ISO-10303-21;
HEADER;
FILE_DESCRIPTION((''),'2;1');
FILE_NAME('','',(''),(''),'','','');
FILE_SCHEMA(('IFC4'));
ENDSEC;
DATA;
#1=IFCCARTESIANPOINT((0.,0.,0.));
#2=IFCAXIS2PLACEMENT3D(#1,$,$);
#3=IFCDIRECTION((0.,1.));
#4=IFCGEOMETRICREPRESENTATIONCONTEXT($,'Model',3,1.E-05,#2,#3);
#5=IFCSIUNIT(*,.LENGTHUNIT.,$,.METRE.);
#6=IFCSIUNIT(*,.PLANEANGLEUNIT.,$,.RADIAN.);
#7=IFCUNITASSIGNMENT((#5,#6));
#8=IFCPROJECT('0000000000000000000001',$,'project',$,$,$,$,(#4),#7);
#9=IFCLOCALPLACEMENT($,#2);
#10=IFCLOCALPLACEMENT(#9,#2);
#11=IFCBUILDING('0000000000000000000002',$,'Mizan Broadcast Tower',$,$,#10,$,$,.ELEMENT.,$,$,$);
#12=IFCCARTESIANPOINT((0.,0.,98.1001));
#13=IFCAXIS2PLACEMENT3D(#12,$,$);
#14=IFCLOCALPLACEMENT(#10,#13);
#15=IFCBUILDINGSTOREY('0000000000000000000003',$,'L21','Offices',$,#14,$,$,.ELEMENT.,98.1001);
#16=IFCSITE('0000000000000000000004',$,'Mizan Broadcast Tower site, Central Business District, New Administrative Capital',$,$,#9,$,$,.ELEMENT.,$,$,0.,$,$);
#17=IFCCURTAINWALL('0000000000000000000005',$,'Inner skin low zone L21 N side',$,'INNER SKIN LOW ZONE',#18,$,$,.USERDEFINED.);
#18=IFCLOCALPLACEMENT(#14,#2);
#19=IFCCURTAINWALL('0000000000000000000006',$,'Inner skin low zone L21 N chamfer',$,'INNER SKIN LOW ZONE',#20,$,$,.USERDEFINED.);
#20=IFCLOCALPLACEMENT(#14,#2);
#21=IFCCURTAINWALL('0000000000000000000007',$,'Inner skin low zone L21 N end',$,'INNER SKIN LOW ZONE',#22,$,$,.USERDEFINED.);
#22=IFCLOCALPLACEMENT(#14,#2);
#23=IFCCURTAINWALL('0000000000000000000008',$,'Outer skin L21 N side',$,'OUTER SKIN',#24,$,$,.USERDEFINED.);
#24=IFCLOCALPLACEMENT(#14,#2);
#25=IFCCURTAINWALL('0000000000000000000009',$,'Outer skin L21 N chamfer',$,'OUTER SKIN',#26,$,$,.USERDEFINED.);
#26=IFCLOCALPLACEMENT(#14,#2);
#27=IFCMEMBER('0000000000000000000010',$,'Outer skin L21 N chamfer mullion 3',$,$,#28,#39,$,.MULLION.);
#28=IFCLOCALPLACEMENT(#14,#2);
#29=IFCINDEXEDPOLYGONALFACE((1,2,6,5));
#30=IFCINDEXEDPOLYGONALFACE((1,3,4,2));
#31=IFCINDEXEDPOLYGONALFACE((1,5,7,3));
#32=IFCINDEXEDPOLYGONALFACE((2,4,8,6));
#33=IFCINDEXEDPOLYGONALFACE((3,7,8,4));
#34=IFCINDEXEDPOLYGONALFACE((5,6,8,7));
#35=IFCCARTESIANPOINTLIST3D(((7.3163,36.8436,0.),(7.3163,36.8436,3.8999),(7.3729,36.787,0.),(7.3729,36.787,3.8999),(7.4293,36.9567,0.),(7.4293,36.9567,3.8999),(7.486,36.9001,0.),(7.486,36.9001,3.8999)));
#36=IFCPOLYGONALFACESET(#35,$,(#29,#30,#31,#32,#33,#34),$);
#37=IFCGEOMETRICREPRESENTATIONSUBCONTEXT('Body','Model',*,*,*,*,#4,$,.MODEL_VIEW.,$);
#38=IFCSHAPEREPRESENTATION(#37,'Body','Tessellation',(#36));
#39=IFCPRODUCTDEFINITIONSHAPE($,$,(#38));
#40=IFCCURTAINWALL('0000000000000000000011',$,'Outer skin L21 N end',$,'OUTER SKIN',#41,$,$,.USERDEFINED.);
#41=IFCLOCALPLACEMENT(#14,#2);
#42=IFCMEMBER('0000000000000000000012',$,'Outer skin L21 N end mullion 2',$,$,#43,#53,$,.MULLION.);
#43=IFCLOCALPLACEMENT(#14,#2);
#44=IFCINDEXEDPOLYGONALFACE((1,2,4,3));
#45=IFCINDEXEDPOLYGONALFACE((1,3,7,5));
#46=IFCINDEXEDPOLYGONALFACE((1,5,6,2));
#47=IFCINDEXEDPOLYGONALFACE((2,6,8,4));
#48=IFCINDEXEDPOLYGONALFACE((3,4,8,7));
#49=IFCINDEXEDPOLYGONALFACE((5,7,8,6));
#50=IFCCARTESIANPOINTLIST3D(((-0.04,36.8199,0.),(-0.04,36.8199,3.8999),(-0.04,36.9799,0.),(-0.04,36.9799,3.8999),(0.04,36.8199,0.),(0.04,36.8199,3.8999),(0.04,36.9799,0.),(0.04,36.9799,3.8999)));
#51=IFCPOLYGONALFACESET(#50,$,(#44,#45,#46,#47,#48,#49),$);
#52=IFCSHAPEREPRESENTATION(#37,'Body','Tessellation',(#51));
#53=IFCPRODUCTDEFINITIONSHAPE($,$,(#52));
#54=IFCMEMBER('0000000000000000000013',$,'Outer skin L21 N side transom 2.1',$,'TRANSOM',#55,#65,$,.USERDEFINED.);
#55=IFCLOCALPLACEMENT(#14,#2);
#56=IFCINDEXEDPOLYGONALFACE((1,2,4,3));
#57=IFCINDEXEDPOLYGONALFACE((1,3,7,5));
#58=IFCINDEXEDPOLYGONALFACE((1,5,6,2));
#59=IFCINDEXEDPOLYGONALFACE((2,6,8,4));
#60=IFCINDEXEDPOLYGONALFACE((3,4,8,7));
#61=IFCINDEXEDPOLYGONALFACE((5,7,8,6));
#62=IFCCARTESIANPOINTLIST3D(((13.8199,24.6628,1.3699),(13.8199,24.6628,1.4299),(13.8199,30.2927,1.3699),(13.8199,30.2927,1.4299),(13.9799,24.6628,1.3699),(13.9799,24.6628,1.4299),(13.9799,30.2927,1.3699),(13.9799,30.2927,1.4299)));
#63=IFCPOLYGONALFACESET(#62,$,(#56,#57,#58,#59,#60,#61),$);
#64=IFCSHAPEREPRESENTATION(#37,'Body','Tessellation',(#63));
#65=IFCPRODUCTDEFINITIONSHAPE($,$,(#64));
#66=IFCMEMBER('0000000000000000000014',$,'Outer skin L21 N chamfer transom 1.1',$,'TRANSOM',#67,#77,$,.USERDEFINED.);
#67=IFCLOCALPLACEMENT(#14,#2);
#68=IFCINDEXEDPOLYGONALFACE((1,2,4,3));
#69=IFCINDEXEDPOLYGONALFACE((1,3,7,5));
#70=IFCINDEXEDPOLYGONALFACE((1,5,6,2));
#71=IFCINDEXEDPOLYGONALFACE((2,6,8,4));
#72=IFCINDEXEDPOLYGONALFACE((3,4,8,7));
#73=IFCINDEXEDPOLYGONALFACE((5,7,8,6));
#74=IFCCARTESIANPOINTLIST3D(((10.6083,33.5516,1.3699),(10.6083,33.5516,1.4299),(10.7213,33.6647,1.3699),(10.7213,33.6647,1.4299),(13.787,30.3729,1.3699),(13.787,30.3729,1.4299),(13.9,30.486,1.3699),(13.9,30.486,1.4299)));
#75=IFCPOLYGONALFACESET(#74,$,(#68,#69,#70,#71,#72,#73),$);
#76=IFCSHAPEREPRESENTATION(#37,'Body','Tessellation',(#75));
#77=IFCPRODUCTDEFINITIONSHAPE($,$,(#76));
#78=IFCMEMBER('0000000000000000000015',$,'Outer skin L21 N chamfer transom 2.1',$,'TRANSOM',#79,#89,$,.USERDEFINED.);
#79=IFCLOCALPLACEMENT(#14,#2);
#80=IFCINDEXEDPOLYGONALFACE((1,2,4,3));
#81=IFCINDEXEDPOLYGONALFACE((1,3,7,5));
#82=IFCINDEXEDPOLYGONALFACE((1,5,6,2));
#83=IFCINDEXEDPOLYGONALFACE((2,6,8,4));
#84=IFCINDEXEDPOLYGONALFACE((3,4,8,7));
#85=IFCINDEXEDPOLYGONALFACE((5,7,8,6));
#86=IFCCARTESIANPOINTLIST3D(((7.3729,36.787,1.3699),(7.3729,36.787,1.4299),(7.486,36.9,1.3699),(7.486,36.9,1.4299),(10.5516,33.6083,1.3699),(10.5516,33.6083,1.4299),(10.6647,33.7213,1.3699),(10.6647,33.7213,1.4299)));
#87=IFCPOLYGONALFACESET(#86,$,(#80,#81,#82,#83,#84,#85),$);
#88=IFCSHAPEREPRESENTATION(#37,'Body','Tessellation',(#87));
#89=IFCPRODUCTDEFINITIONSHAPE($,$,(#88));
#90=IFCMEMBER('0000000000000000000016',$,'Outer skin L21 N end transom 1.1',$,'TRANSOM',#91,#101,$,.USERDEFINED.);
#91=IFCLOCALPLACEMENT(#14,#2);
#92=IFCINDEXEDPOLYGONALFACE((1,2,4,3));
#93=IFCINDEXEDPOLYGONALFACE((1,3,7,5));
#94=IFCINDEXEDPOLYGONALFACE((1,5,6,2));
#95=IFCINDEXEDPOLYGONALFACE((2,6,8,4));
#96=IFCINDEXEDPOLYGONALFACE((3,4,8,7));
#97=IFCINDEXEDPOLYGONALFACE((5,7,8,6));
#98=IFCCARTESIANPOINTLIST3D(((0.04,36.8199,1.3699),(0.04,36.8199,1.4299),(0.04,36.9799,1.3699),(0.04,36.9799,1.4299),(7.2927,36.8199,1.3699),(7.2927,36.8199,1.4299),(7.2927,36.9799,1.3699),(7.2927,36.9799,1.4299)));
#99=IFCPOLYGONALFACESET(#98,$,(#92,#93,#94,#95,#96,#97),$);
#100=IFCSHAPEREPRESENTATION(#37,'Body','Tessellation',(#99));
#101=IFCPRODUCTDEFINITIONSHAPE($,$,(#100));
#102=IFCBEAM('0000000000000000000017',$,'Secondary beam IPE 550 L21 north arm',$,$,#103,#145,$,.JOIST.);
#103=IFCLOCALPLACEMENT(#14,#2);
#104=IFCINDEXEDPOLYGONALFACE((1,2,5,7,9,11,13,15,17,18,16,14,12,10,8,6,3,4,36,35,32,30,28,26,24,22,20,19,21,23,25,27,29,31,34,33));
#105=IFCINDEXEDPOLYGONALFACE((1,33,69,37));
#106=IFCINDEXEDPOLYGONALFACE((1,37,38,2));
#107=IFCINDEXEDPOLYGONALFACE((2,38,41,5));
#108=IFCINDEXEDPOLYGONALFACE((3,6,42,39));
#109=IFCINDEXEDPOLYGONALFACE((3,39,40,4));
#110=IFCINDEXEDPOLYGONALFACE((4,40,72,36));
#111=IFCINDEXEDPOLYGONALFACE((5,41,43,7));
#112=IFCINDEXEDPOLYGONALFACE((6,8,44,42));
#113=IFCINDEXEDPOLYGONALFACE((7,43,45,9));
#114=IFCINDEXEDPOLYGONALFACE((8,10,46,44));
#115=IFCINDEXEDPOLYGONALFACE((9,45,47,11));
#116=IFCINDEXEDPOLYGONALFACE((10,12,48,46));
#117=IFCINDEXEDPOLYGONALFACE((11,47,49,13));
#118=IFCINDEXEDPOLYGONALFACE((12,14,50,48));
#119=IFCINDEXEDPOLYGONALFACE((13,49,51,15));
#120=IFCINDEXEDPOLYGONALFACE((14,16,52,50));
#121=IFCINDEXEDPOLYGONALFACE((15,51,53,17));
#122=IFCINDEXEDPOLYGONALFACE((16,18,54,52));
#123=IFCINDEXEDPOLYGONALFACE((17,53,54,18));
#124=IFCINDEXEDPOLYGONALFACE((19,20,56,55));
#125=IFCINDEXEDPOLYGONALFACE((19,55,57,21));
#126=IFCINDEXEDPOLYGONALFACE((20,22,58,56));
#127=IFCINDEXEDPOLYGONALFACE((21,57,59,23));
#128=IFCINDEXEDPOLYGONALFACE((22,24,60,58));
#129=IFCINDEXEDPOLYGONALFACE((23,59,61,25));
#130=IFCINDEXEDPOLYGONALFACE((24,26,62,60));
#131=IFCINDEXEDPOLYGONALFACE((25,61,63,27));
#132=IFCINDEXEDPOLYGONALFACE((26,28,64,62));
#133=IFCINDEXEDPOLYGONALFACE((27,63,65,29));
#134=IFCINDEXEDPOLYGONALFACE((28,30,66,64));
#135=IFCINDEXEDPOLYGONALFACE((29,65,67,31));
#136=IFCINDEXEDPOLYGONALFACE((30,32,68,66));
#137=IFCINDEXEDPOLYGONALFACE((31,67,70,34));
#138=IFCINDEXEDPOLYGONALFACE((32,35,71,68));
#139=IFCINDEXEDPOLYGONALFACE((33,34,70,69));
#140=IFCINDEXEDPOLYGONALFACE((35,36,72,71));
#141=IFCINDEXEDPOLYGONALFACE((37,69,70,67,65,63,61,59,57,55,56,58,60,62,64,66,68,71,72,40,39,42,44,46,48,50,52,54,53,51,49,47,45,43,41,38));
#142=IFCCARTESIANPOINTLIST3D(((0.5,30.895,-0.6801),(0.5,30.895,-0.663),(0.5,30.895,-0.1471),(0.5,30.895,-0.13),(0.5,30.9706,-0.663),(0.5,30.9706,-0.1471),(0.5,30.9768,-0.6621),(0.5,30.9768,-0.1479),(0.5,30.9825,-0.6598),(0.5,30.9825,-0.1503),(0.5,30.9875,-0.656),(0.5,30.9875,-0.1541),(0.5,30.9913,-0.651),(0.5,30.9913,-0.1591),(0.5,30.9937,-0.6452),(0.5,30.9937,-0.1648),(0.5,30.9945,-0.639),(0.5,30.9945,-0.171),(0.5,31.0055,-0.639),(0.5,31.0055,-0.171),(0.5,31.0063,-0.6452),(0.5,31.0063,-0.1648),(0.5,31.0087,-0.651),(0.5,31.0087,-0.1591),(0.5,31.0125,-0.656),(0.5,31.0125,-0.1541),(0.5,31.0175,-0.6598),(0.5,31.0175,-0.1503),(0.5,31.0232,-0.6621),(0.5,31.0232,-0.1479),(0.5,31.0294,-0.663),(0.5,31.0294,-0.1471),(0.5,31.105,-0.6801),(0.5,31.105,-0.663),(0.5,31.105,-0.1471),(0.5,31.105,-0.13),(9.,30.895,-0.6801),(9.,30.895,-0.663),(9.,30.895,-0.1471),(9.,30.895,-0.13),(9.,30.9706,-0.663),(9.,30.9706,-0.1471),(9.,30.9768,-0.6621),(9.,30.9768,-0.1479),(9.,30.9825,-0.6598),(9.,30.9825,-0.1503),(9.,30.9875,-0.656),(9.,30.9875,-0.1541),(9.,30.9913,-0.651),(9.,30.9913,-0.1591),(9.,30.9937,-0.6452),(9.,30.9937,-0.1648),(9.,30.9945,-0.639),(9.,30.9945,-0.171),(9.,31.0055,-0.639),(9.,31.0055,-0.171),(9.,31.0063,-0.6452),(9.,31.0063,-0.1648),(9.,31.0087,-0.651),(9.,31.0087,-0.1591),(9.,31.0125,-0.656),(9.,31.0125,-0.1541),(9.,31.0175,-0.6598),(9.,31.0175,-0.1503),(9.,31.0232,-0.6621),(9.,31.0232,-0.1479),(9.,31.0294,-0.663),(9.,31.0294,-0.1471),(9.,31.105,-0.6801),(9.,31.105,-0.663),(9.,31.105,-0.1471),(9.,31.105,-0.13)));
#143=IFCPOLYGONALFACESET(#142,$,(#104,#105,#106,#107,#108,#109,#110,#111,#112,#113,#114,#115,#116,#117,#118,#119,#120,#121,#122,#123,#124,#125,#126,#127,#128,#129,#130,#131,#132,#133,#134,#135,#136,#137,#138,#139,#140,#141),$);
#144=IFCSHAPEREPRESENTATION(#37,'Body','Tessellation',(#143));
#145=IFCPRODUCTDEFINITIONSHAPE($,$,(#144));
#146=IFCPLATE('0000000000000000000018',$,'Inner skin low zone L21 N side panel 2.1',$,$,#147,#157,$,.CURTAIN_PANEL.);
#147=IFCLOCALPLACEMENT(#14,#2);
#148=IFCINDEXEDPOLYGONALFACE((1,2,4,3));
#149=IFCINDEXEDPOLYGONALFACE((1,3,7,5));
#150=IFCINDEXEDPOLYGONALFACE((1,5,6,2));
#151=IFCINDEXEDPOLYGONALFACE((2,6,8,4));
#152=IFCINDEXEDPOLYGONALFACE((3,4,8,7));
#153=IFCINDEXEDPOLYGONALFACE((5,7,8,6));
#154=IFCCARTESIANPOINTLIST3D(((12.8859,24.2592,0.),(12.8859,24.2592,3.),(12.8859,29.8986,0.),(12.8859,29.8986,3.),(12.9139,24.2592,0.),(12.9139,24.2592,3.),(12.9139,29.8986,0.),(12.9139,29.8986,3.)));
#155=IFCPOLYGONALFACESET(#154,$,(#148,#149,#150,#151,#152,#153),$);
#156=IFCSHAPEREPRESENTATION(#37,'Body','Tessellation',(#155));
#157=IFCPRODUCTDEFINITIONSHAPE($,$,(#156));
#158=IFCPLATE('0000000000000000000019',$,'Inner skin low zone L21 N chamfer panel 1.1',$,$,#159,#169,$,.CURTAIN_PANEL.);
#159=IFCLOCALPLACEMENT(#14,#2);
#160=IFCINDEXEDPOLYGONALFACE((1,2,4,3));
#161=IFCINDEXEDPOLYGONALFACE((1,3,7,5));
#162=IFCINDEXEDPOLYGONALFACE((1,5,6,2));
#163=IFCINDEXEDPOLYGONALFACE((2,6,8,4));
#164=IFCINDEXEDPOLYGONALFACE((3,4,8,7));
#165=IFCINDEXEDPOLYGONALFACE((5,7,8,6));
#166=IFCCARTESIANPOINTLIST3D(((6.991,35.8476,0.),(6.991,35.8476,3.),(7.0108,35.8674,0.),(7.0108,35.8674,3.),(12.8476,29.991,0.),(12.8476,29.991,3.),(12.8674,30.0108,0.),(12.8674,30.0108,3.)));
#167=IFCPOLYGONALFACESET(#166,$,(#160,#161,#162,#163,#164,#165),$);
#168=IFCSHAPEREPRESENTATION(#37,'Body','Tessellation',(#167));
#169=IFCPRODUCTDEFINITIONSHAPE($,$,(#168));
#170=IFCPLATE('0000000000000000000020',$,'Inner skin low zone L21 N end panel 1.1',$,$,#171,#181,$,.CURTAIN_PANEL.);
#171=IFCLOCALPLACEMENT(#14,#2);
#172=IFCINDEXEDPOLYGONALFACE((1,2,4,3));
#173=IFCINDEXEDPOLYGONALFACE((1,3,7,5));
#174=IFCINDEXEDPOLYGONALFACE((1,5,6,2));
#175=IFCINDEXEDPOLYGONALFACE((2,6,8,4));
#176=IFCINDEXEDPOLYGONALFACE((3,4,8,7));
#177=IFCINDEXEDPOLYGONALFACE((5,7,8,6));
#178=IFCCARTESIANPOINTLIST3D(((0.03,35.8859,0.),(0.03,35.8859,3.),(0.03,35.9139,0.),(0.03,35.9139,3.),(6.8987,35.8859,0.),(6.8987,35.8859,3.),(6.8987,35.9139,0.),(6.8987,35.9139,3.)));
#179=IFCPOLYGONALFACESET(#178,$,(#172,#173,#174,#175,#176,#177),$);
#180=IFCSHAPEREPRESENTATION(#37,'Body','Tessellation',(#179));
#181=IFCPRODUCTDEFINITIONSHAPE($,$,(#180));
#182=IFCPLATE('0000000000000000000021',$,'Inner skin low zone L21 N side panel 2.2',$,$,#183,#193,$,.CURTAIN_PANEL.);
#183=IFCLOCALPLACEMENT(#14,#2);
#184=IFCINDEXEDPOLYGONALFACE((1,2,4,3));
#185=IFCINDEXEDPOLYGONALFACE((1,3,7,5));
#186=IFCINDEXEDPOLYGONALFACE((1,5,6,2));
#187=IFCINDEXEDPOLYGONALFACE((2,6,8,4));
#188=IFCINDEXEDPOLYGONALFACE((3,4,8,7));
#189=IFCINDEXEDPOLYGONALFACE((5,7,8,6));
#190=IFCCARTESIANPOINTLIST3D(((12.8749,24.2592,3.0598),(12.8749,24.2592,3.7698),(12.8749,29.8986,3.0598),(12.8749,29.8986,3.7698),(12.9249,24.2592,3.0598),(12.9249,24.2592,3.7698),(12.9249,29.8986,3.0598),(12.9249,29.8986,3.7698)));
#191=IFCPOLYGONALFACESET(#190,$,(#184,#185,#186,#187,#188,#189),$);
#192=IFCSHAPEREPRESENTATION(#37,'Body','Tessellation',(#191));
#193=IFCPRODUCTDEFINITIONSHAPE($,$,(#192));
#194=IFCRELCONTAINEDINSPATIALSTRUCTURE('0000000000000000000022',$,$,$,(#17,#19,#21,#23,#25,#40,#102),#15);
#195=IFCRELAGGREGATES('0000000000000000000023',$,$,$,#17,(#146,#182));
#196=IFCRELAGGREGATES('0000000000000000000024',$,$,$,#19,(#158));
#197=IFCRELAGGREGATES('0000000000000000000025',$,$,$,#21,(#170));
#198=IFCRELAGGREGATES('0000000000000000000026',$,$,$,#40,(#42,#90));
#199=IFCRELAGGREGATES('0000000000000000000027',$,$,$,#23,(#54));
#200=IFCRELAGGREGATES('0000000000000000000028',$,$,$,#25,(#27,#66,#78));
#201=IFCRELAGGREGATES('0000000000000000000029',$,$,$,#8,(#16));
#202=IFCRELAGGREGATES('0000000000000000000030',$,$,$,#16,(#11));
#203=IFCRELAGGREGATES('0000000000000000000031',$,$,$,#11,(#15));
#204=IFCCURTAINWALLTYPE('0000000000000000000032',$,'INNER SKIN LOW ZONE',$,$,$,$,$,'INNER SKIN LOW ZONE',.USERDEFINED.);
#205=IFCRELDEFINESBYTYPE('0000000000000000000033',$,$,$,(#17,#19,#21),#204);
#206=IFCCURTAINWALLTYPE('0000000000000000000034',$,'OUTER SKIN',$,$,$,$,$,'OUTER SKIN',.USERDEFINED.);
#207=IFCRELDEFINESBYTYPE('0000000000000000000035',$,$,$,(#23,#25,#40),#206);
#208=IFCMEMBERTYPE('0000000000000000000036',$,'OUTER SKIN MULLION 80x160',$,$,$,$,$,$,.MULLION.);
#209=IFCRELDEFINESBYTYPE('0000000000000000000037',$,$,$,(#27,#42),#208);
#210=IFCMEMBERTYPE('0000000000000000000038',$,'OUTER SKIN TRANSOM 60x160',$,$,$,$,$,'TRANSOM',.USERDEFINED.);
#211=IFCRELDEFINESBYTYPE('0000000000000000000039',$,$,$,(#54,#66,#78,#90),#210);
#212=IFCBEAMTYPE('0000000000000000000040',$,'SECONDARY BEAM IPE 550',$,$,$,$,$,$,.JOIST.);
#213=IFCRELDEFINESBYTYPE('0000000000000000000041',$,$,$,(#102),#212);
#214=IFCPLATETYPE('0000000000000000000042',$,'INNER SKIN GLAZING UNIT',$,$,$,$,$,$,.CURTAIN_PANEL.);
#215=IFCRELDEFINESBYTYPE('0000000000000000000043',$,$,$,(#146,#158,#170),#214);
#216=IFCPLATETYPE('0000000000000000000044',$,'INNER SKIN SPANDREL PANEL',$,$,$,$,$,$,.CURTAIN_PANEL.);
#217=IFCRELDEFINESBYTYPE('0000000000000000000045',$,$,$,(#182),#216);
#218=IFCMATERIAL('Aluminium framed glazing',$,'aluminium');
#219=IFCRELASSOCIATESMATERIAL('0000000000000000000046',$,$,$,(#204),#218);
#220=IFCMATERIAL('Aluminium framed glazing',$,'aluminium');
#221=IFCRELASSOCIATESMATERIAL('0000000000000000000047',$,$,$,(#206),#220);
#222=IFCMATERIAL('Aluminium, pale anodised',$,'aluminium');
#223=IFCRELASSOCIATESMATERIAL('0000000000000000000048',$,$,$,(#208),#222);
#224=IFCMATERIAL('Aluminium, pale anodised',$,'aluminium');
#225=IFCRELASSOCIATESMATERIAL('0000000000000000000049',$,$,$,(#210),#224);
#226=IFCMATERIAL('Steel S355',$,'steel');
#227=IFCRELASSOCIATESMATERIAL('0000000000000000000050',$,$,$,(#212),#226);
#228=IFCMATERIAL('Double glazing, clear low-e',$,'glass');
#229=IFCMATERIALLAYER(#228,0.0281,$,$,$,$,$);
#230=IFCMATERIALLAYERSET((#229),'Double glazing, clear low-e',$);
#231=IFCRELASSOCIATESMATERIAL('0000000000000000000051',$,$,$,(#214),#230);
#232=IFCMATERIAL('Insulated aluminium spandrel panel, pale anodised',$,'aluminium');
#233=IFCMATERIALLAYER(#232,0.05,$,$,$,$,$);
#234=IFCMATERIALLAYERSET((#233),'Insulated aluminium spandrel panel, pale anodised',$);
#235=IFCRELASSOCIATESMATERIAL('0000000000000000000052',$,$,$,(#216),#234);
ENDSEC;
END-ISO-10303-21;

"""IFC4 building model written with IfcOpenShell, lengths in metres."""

from ifc_helpers import new_model, si_unit, direction, frame, origin, origin_2d, place, context, subcontext, project, spatial, rectangle, i_section, extrude, material, layer, layer_set, material_profile, profile_set, type_object, element, aggregate, save


model = new_model("IFC4")

# Units and contexts
model_context = context("Model", 3, precision=1e-05, world=origin(), true_north=direction((0.0, 1.0)))
body_context = subcontext(model_context, "Body", "Model", "MODEL_VIEW")
ifc_project = project(units=[si_unit("LENGTHUNIT", "METRE"), si_unit("PLANEANGLEUNIT", "RADIAN")], contexts=[model_context])

# Site, building, storey
site_placement = place(None, origin())
site = spatial("IfcSite", under=ifc_project, at=site_placement, Name="Mizan Broadcast Tower site, Central Business District, New Administrative Capital", CompositionType="ELEMENT", RefElevation=0.0)
building_placement = place(site_placement, origin())
building = spatial("IfcBuilding", under=site, at=building_placement, Name="Mizan Broadcast Tower", CompositionType="ELEMENT")
storey_placement = place(building_placement, frame((0.0, 0.0, 98.1001)))
storey = spatial("IfcBuildingStorey", under=building, at=storey_placement, Name="L21", Description="Offices", CompositionType="ELEMENT", Elevation=98.1001)

# Curtain walls
ifc_material_1 = material(Name="Aluminium framed glazing", Category="aluminium")
curtain_wall_type_1 = type_object("IfcCurtainWallType", Name="INNER SKIN LOW ZONE", ElementType="INNER SKIN LOW ZONE", PredefinedType="USERDEFINED", material=ifc_material_1)
curtain_wall_1_placement = place(storey_placement, origin())
curtain_wall_1 = element("IfcCurtainWall", 1, at=curtain_wall_1_placement, inside=storey, type_object=curtain_wall_type_1, Name="Inner skin low zone L21 N side", ObjectType="INNER SKIN LOW ZONE", PredefinedType="USERDEFINED")
curtain_wall_2_placement = place(storey_placement, origin())
curtain_wall_2 = element("IfcCurtainWall", 2, at=curtain_wall_2_placement, inside=storey, type_object=curtain_wall_type_1, Name="Inner skin low zone L21 N chamfer", ObjectType="INNER SKIN LOW ZONE", PredefinedType="USERDEFINED")
curtain_wall_3_placement = place(storey_placement, origin())
curtain_wall_3 = element("IfcCurtainWall", 3, at=curtain_wall_3_placement, inside=storey, type_object=curtain_wall_type_1, Name="Inner skin low zone L21 N end", ObjectType="INNER SKIN LOW ZONE", PredefinedType="USERDEFINED")

# Curtain wall
ifc_material_2 = material(Name="Aluminium framed glazing", Category="aluminium")
curtain_wall_type_2 = type_object("IfcCurtainWallType", Name="OUTER SKIN", ElementType="OUTER SKIN", PredefinedType="USERDEFINED", material=ifc_material_2)
curtain_wall_4_placement = place(storey_placement, origin())
curtain_wall_4 = element("IfcCurtainWall", 4, at=curtain_wall_4_placement, inside=storey, type_object=curtain_wall_type_2, Name="Outer skin L21 N side", ObjectType="OUTER SKIN", PredefinedType="USERDEFINED")
ifc_material_3 = material(Name="Aluminium, pale anodised", Category="aluminium")
ifc_material_profile_1 = material_profile(ifc_material_3, rectangle(XDim=0.1599, YDim=0.0801, at=origin_2d()), Name="MULLION 160x80")
ifc_profile_set_1 = profile_set([ifc_material_profile_1], Name="Aluminium, pale anodised")
member_type_1 = type_object("IfcMemberType", Name="OUTER SKIN MULLION 80x160", PredefinedType="MULLION", material=ifc_profile_set_1)

# Curtain wall, member
curtain_wall_5_placement = place(storey_placement, origin())
curtain_wall_5 = element("IfcCurtainWall", 5, at=curtain_wall_5_placement, inside=storey, type_object=curtain_wall_type_2, Name="Outer skin L21 N chamfer", ObjectType="OUTER SKIN", PredefinedType="USERDEFINED")
member_1_placement = place(storey_placement, frame((7.4011, 36.8718, 0.0), z_axis=(0.0, 0.0, 1.0), x_axis=(-0.707107, -0.707107, 0.0)))
member_1 = element("IfcMember", 6, at=member_1_placement, type_object=member_type_1, Name="Outer skin L21 N chamfer mullion 3", PredefinedType="MULLION", context=body_context, shape_type="SweptSolid", body=[
    extrude(rectangle(XDim=0.1599, YDim=0.0801, at=origin_2d()), origin(), (0.0, 0.0, 1.0), 3.8999),
])

# Curtain wall, member
curtain_wall_6_placement = place(storey_placement, origin())
curtain_wall_6 = element("IfcCurtainWall", 7, at=curtain_wall_6_placement, inside=storey, type_object=curtain_wall_type_2, Name="Outer skin L21 N end", ObjectType="OUTER SKIN", PredefinedType="USERDEFINED")
member_2_placement = place(storey_placement, frame((0.0, 36.8999, 0.0), z_axis=(0.0, 0.0, 1.0), x_axis=(0.0, -1.0, 0.0)))
member_2 = element("IfcMember", 8, at=member_2_placement, type_object=member_type_1, Name="Outer skin L21 N end mullion 2", PredefinedType="MULLION", context=body_context, shape_type="SweptSolid", body=[
    extrude(rectangle(XDim=0.1599, YDim=0.0801, at=origin_2d()), origin(), (0.0, 0.0, 1.0), 3.8999),
])

# Members
ifc_material_4 = material(Name="Aluminium, pale anodised", Category="aluminium")
ifc_material_profile_2 = material_profile(ifc_material_4, rectangle(XDim=0.1599, YDim=0.0601, at=origin_2d()), Name="TRANSOM 160x60")
ifc_profile_set_2 = profile_set([ifc_material_profile_2], Name="Aluminium, pale anodised")
member_type_2 = type_object("IfcMemberType", Name="OUTER SKIN TRANSOM 60x160", ElementType="TRANSOM", PredefinedType="USERDEFINED", material=ifc_profile_set_2)
member_3_placement = place(storey_placement, frame((13.8999, 24.6628, 1.3999), z_axis=(0.0, 1.0, 0.0), x_axis=(-1.0, 0.0, 0.0)))
member_3 = element("IfcMember", 9, at=member_3_placement, type_object=member_type_2, Name="Outer skin L21 N side transom 2.1", ObjectType="TRANSOM", PredefinedType="USERDEFINED", context=body_context, shape_type="SweptSolid", body=[
    extrude(rectangle(XDim=0.1599, YDim=0.0601, at=origin_2d()), origin(), (0.0, 0.0, 1.0), 5.6299),
])
member_4_placement = place(storey_placement, frame((13.8435, 30.4294, 1.3999), z_axis=(-0.707107, 0.707107, 0.0), x_axis=(-0.707107, -0.707107, 0.0)))
member_4 = element("IfcMember", 10, at=member_4_placement, type_object=member_type_2, Name="Outer skin L21 N chamfer transom 1.1", ObjectType="TRANSOM", PredefinedType="USERDEFINED", context=body_context, shape_type="SweptSolid", body=[
    extrude(rectangle(XDim=0.1599, YDim=0.0601, at=origin_2d()), origin(), (0.0, 0.0, 1.0), 4.4954),
])
member_5_placement = place(storey_placement, frame((10.6082, 33.6648, 1.3999), z_axis=(-0.707107, 0.707107, 0.0), x_axis=(-0.707107, -0.707107, 0.0)))
member_5 = element("IfcMember", 11, at=member_5_placement, type_object=member_type_2, Name="Outer skin L21 N chamfer transom 2.1", ObjectType="TRANSOM", PredefinedType="USERDEFINED", context=body_context, shape_type="SweptSolid", body=[
    extrude(rectangle(XDim=0.1599, YDim=0.0601, at=origin_2d()), origin(), (0.0, 0.0, 1.0), 4.4954),
])
member_6_placement = place(storey_placement, frame((7.2927, 36.8999, 1.3999), z_axis=(-1.0, 0.0, 0.0), x_axis=(0.0, -1.0, 0.0)))
member_6 = element("IfcMember", 12, at=member_6_placement, type_object=member_type_2, Name="Outer skin L21 N end transom 1.1", ObjectType="TRANSOM", PredefinedType="USERDEFINED", context=body_context, shape_type="SweptSolid", body=[
    extrude(rectangle(XDim=0.1599, YDim=0.0601, at=origin_2d()), origin(), (0.0, 0.0, 1.0), 7.2527),
])

# Beam
ifc_material_5 = material(Name="Steel S355", Category="steel")
ifc_material_profile_3 = material_profile(ifc_material_5, i_section(OverallWidth=0.21, OverallDepth=0.55, WebThickness=0.011, FlangeThickness=0.0171, FilletRadius=0.0239, at=origin_2d()), Name="IPE 550")
ifc_profile_set_3 = profile_set([ifc_material_profile_3], Name="Steel S355")
beam_type_1 = type_object("IfcBeamType", Name="SECONDARY BEAM IPE 550", PredefinedType="JOIST", material=ifc_profile_set_3)
beam_1_placement = place(storey_placement, frame((9.0, 31.0, -0.405), z_axis=(-1.0, 0.0, 0.0), x_axis=(0.0, -1.0, 0.0)))
element("IfcBeam", 13, at=beam_1_placement, inside=storey, type_object=beam_type_1, Name="Secondary beam IPE 550 L21 north arm", PredefinedType="JOIST", context=body_context, shape_type="SweptSolid", body=[
    extrude(i_section(OverallWidth=0.21, OverallDepth=0.55, WebThickness=0.011, FlangeThickness=0.0171, FilletRadius=0.0239, at=origin_2d()), origin(), (0.0, 0.0, 1.0), 8.5),
])

# Plates
ifc_material_6 = material(Name="Double glazing, clear low-e", Category="glass")
ifc_layer_1 = layer(ifc_material_6, 0.0281)
ifc_layer_set_1 = layer_set([ifc_layer_1], Name="Double glazing, clear low-e")
plate_type_1 = type_object("IfcPlateType", Name="INNER SKIN GLAZING UNIT", PredefinedType="CURTAIN_PANEL", material=ifc_layer_set_1)
plate_1_placement = place(storey_placement, frame((12.8999, 27.0789, 0.0), z_axis=(0.0, 0.0, 1.0), x_axis=(0.0, 1.0, 0.0)))
plate_1 = element("IfcPlate", 14, at=plate_1_placement, type_object=plate_type_1, Name="Inner skin low zone L21 N side panel 2.1", PredefinedType="CURTAIN_PANEL", context=body_context, shape_type="SweptSolid", body=[
    extrude(rectangle(XDim=5.6394, YDim=0.0281, at=origin_2d()), origin(), (0.0, 0.0, 1.0), 3.0),
])
plate_2_placement = place(storey_placement, frame((9.9292, 32.9292, 0.0), z_axis=(0.0, 0.0, 1.0), x_axis=(-0.707107, 0.707107, 0.0)))
plate_2 = element("IfcPlate", 15, at=plate_2_placement, type_object=plate_type_1, Name="Inner skin low zone L21 N chamfer panel 1.1", PredefinedType="CURTAIN_PANEL", context=body_context, shape_type="SweptSolid", body=[
    extrude(rectangle(XDim=8.2825, YDim=0.0281, at=origin_2d()), origin(), (0.0, 0.0, 1.0), 3.0),
])
plate_3_placement = place(storey_placement, frame((3.4644, 35.8999, 0.0), z_axis=(0.0, 0.0, 1.0), x_axis=(-1.0, 0.0, 0.0)))
plate_3 = element("IfcPlate", 16, at=plate_3_placement, type_object=plate_type_1, Name="Inner skin low zone L21 N end panel 1.1", PredefinedType="CURTAIN_PANEL", context=body_context, shape_type="SweptSolid", body=[
    extrude(rectangle(XDim=6.8687, YDim=0.0281, at=origin_2d()), origin(), (0.0, 0.0, 1.0), 3.0),
])
ifc_material_7 = material(Name="Insulated aluminium spandrel panel, pale anodised", Category="aluminium")
ifc_layer_2 = layer(ifc_material_7, 0.05)
ifc_layer_set_2 = layer_set([ifc_layer_2], Name="Insulated aluminium spandrel panel, pale anodised")
plate_type_2 = type_object("IfcPlateType", Name="INNER SKIN SPANDREL PANEL", PredefinedType="CURTAIN_PANEL", material=ifc_layer_set_2)
plate_4_placement = place(storey_placement, frame((12.8999, 27.0789, 3.0598), z_axis=(0.0, 0.0, 1.0), x_axis=(0.0, 1.0, 0.0)))
plate_4 = element("IfcPlate", 17, at=plate_4_placement, type_object=plate_type_2, Name="Inner skin low zone L21 N side panel 2.2", PredefinedType="CURTAIN_PANEL", context=body_context, shape_type="SweptSolid", body=[
    extrude(rectangle(XDim=5.6394, YDim=0.05, at=origin_2d()), origin(), (0.0, 0.0, 1.0), 0.71),
])
aggregate(curtain_wall_1, [plate_1, plate_4])
aggregate(curtain_wall_2, [plate_2])
aggregate(curtain_wall_3, [plate_3])
aggregate(curtain_wall_6, [member_2, member_6])
aggregate(curtain_wall_4, [member_3])
aggregate(curtain_wall_5, [member_1, member_4, member_5])

save(model, "model.ifc")
